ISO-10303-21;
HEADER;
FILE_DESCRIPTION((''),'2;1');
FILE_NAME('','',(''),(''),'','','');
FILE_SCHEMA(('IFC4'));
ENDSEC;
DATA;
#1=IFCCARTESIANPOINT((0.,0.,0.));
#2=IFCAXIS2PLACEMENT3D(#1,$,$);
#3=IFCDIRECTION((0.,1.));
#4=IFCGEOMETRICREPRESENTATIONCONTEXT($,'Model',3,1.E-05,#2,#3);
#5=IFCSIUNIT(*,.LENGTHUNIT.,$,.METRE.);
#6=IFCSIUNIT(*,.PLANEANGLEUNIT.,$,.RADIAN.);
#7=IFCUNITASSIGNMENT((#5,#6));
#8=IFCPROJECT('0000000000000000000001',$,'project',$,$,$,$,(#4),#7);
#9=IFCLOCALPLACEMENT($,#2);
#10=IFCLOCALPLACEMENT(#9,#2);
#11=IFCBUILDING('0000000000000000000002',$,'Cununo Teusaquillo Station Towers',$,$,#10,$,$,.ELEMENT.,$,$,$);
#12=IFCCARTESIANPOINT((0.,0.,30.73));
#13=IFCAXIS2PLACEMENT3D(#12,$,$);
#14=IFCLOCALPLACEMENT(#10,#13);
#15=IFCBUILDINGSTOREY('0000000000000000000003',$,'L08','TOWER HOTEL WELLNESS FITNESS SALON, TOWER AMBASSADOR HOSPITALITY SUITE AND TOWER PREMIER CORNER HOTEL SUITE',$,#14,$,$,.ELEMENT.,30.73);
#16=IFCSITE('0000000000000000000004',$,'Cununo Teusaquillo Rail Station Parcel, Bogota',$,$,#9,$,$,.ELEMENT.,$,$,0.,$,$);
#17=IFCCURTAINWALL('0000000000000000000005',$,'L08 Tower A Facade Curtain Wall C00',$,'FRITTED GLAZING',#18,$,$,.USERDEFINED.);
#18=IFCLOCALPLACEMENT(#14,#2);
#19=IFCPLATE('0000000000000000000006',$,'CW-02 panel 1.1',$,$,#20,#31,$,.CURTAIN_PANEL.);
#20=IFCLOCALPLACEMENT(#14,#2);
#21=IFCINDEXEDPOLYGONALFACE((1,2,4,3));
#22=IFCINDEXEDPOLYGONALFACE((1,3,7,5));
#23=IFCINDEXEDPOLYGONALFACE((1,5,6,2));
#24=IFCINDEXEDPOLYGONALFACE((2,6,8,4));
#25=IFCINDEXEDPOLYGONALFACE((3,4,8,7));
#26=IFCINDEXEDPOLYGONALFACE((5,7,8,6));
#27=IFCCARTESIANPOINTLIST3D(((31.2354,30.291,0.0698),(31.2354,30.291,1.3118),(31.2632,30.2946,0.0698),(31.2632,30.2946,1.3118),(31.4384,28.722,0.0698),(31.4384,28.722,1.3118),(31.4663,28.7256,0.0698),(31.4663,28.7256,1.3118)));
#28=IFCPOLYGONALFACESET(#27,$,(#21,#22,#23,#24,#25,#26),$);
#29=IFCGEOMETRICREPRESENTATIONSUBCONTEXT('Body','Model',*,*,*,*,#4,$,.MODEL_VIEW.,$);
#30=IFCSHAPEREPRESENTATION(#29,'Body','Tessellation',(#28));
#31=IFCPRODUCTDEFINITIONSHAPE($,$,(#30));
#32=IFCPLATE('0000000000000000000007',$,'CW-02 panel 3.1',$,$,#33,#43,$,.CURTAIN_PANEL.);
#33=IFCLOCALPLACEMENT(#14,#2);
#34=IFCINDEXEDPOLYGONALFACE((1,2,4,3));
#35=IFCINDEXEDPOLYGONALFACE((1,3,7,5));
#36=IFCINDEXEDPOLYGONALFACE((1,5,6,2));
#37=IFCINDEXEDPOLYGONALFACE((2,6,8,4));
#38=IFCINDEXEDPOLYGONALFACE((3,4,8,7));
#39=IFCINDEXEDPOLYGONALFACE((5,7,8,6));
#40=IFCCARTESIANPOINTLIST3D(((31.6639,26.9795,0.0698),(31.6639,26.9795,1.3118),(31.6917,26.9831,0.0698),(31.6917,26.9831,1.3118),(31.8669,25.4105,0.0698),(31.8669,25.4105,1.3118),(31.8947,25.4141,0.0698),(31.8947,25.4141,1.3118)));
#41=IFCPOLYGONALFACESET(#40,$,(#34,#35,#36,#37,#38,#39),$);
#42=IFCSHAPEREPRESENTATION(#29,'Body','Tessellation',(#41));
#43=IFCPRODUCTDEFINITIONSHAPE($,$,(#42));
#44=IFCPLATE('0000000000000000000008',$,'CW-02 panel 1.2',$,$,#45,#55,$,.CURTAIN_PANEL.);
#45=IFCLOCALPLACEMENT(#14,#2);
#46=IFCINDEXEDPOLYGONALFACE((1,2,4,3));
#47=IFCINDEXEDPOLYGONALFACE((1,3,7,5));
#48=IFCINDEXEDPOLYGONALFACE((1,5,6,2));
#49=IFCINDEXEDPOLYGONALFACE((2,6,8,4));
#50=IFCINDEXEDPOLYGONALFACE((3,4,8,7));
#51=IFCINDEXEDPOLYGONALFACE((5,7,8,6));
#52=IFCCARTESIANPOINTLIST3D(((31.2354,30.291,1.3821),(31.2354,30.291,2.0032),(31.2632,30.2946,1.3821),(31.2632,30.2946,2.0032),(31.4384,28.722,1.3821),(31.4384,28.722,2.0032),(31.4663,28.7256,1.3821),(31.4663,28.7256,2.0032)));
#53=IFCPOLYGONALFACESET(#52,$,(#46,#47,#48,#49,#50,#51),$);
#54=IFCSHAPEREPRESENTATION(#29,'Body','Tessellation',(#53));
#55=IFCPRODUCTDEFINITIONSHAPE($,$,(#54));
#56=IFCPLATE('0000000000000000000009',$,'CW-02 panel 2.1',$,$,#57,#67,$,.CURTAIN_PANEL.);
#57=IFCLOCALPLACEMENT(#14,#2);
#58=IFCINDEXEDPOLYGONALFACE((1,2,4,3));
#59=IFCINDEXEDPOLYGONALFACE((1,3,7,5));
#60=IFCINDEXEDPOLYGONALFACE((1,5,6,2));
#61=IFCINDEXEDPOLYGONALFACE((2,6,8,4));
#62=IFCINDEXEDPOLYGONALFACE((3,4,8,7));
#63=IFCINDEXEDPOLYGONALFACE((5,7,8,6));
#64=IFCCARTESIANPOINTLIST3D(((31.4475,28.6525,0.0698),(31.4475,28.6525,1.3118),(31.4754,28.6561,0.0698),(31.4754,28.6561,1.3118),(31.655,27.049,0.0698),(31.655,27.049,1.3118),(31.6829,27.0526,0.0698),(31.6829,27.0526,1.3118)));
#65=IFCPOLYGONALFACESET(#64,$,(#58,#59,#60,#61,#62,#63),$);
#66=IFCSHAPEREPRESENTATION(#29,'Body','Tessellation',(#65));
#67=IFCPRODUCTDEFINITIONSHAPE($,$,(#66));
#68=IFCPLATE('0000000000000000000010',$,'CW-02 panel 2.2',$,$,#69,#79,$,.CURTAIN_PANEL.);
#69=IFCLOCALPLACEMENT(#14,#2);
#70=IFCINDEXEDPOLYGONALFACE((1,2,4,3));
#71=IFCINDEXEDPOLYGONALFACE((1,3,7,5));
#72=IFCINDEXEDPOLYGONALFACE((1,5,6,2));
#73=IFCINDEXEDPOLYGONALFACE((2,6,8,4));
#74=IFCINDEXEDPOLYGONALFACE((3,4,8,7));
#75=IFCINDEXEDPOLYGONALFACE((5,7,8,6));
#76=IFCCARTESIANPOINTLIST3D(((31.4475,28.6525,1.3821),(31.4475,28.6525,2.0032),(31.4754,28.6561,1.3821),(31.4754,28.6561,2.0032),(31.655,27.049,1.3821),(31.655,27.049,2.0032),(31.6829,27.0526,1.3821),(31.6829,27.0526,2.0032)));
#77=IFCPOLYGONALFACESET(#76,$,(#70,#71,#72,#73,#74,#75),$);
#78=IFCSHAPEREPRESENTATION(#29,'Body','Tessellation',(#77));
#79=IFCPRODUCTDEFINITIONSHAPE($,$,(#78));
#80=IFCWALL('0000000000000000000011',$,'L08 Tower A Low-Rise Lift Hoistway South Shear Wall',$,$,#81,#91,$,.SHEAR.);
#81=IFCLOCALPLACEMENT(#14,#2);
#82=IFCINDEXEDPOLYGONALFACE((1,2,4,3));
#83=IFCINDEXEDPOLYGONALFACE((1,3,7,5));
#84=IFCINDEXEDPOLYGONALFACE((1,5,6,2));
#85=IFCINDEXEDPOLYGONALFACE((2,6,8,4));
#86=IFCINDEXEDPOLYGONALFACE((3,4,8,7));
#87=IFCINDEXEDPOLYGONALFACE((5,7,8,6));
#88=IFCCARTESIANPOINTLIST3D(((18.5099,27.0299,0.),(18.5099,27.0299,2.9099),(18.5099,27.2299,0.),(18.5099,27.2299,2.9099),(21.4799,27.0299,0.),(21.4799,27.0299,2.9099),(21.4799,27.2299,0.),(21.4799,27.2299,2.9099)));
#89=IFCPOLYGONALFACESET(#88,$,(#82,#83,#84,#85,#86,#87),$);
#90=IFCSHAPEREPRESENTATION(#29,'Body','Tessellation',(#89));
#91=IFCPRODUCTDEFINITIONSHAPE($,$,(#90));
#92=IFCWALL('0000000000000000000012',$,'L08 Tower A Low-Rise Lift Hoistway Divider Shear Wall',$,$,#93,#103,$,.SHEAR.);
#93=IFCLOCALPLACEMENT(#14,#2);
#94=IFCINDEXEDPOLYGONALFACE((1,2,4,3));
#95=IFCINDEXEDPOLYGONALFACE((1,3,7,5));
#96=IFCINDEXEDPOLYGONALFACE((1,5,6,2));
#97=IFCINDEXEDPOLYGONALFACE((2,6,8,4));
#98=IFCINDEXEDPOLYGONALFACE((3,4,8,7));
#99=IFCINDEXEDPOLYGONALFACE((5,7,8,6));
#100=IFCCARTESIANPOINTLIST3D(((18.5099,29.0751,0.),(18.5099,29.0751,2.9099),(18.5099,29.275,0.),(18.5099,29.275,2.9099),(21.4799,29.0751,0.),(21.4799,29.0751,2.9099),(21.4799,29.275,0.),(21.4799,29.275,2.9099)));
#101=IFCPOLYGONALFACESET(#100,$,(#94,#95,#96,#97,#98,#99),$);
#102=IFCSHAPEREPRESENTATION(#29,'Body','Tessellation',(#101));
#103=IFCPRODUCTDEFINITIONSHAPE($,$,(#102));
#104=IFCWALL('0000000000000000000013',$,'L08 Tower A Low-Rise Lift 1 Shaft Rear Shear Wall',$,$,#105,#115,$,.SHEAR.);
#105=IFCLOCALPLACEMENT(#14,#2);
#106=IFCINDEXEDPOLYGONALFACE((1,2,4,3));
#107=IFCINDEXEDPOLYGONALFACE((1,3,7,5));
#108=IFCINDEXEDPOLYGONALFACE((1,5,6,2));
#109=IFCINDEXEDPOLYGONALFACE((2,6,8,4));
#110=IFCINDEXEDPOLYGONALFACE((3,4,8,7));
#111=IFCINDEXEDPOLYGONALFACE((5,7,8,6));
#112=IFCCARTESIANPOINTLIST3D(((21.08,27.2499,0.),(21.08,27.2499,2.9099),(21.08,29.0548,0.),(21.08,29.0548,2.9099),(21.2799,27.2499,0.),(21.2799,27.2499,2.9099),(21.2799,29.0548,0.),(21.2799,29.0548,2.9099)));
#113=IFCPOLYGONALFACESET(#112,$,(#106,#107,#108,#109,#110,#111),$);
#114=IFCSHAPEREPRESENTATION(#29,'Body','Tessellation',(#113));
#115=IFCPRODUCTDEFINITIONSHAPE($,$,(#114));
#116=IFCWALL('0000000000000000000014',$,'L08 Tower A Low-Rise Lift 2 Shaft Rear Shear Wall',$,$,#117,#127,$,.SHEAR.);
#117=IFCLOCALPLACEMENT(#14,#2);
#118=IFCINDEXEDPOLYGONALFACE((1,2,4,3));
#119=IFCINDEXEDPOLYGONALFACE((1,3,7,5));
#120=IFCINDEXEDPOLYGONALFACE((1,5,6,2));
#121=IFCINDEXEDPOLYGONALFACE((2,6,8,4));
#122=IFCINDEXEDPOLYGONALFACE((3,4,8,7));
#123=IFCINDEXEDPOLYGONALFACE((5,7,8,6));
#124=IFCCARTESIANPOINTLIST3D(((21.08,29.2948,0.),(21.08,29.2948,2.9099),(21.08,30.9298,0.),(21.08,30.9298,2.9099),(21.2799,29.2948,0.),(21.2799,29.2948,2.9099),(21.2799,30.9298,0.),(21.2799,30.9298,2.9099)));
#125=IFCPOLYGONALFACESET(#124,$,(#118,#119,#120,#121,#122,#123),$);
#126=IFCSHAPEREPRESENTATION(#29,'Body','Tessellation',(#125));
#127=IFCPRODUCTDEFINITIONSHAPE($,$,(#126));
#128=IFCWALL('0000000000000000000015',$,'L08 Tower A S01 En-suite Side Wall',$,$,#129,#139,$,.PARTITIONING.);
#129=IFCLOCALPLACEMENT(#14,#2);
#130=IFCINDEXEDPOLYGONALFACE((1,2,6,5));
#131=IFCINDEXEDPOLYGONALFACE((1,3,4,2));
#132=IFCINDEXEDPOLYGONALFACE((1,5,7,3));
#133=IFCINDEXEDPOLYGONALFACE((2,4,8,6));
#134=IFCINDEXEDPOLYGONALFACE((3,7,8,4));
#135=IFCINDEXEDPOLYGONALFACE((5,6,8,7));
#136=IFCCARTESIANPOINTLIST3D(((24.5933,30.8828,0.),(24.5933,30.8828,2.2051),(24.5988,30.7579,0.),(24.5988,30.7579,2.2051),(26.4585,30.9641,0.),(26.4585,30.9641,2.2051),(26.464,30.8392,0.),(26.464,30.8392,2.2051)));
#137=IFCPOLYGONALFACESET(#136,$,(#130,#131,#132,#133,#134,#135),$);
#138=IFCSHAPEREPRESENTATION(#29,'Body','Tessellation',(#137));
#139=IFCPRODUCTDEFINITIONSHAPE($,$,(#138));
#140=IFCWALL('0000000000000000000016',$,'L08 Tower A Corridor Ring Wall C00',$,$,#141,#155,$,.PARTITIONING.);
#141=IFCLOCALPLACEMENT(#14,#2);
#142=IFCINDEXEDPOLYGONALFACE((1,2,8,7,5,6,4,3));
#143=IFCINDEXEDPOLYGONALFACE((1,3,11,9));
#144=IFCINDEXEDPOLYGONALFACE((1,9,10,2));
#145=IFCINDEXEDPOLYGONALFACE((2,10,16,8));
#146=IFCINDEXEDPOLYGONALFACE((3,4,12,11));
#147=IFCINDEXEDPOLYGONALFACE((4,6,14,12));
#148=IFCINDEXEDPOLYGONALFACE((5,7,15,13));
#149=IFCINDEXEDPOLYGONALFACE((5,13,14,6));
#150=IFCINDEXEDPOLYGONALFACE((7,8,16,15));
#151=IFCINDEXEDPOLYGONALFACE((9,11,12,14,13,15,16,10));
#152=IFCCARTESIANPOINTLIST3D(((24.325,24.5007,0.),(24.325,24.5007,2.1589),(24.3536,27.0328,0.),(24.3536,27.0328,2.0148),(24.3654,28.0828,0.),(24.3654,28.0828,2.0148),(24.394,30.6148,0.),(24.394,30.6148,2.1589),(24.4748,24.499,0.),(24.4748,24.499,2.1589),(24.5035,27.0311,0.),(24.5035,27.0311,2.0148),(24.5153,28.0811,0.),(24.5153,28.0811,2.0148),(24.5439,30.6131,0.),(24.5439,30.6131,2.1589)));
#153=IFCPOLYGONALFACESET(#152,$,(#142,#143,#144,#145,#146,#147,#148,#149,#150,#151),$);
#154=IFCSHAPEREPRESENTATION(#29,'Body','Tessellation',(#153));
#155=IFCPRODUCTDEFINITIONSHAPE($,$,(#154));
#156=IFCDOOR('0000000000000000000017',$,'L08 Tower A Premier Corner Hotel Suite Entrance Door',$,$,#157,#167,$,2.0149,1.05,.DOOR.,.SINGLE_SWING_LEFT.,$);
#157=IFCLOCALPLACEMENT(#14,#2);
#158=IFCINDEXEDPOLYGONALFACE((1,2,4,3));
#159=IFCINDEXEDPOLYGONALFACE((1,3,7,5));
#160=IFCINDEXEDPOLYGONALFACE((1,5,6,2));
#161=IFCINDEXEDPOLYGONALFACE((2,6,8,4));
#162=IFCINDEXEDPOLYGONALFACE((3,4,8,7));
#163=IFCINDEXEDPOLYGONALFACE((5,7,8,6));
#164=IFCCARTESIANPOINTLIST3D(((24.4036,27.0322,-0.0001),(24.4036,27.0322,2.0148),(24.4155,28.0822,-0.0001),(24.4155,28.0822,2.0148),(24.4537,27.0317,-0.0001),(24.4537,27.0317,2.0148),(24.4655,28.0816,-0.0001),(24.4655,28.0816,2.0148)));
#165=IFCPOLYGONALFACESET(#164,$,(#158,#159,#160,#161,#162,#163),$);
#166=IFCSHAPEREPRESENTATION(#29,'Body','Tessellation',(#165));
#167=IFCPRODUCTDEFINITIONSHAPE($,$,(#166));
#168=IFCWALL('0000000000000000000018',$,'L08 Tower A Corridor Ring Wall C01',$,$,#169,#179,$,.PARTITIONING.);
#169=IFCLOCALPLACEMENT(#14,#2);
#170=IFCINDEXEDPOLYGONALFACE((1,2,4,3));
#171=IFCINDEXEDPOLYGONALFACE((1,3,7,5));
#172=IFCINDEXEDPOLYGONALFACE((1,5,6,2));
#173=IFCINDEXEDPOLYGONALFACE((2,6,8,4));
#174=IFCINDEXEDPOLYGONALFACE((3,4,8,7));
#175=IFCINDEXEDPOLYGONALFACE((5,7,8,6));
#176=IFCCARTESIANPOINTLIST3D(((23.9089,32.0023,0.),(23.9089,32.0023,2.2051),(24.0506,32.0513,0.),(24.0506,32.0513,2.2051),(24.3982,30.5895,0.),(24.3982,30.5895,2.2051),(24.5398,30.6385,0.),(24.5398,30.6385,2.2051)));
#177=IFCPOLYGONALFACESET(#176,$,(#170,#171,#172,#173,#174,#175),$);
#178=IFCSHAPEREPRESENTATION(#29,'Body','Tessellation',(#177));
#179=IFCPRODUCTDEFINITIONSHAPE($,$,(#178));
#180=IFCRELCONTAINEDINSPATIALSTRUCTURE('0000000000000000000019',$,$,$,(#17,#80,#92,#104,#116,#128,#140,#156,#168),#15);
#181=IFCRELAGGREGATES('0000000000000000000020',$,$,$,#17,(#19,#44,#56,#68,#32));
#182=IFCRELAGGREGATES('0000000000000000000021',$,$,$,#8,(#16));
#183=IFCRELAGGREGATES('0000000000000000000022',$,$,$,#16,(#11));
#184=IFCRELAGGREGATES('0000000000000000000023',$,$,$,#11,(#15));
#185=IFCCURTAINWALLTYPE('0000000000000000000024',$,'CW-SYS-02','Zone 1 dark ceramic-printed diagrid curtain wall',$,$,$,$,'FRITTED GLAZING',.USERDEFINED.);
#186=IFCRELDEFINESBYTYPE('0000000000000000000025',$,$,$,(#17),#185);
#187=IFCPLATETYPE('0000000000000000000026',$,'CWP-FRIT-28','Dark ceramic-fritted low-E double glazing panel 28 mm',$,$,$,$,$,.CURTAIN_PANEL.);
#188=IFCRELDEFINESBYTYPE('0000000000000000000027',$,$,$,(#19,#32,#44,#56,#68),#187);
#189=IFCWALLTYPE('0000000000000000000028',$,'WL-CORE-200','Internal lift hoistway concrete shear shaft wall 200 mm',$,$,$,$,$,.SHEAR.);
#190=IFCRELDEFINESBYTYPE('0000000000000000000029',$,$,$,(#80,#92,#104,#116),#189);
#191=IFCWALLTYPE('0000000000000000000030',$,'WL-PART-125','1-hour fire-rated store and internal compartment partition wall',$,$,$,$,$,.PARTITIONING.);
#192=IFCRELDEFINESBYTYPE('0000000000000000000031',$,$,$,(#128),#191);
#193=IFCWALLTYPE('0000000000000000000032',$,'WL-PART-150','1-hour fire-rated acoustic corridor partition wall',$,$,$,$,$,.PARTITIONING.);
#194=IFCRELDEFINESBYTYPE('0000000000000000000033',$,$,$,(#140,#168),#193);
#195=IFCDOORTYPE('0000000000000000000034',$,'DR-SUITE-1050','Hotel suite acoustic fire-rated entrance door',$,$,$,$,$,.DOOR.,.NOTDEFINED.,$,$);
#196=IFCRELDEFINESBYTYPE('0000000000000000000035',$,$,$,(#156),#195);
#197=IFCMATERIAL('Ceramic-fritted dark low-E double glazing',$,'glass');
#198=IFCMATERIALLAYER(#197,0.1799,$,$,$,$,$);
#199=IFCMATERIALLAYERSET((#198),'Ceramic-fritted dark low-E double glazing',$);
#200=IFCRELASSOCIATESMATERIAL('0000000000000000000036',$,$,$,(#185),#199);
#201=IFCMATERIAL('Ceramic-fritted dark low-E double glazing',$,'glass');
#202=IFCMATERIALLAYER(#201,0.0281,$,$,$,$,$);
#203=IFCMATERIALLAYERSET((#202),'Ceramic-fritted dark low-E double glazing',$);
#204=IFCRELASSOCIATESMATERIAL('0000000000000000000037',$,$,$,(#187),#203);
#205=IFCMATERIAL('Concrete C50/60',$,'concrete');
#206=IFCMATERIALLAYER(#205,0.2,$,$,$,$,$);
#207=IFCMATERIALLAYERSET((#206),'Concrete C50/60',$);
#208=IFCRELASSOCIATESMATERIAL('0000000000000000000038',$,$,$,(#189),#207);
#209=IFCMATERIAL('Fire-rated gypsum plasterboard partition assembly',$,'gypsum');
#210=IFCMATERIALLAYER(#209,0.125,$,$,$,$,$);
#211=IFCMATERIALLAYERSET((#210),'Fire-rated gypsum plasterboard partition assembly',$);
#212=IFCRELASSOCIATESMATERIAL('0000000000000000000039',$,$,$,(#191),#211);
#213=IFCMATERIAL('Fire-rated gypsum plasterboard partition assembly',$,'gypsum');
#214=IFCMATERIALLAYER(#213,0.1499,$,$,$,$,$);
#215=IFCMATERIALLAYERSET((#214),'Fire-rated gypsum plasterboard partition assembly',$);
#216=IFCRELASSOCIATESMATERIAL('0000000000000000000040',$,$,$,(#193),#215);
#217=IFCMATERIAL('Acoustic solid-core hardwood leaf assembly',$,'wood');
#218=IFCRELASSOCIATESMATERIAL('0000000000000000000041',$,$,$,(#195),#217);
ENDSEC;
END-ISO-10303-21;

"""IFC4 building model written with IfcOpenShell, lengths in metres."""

from ifc_helpers import new_model, si_unit, direction, frame, frame_2d, origin, origin_2d, place, context, subcontext, project, spatial, rectangle, extrude, source, transform, mapped, material, layer, layer_set, type_object, element, fill, aggregate, save


model = new_model("IFC4")

# Units and contexts
model_context = context("Model", 3, precision=1e-05, world=origin(), true_north=direction((0.0, 1.0)))
body_context = subcontext(model_context, "Body", "Model", "MODEL_VIEW")
ifc_project = project(units=[si_unit("LENGTHUNIT", "METRE"), si_unit("PLANEANGLEUNIT", "RADIAN")], contexts=[model_context])

# Site, building, storey
site_placement = place(None, origin())
site = spatial("IfcSite", under=ifc_project, at=site_placement, Name="Cununo Teusaquillo Rail Station Parcel, Bogota", CompositionType="ELEMENT", RefElevation=0.0)
building_placement = place(site_placement, origin())
building = spatial("IfcBuilding", under=site, at=building_placement, Name="Cununo Teusaquillo Station Towers", CompositionType="ELEMENT")
storey_placement = place(building_placement, frame((0.0, 0.0, 30.73)))
storey = spatial("IfcBuildingStorey", under=building, at=storey_placement, Name="L08", Description="TOWER HOTEL WELLNESS FITNESS SALON, TOWER AMBASSADOR HOSPITALITY SUITE AND TOWER PREMIER CORNER HOTEL SUITE", CompositionType="ELEMENT", Elevation=30.73)

# Curtain wall, plates
ifc_material_1 = material(Name="Ceramic-fritted dark low-E double glazing", Category="glass")
ifc_layer_1 = layer(ifc_material_1, 0.1799)
ifc_layer_set_1 = layer_set([ifc_layer_1], Name="Ceramic-fritted dark low-E double glazing")
curtain_wall_type = type_object("IfcCurtainWallType", Name="CW-SYS-02", Description="Zone 1 dark ceramic-printed diagrid curtain wall", ElementType="FRITTED GLAZING", PredefinedType="USERDEFINED", material=ifc_layer_set_1)
curtain_wall_placement = place(storey_placement, origin())
curtain_wall = element("IfcCurtainWall", 1, at=curtain_wall_placement, inside=storey, type_object=curtain_wall_type, Name="L08 Tower A Facade Curtain Wall C00", ObjectType="FRITTED GLAZING", PredefinedType="USERDEFINED")
ifc_material_2 = material(Name="Ceramic-fritted dark low-E double glazing", Category="glass")
ifc_layer_2 = layer(ifc_material_2, 0.0281)
ifc_layer_set_2 = layer_set([ifc_layer_2], Name="Ceramic-fritted dark low-E double glazing")
plate_type = type_object("IfcPlateType", Name="CWP-FRIT-28", Description="Dark ceramic-fritted low-E double glazing panel 28 mm", PredefinedType="CURTAIN_PANEL", material=ifc_layer_set_2)
shared_shape_1 = source(origin(), body_context, "Body", "SweptSolid", [
    extrude(rectangle(XDim=1.582, YDim=0.0281, at=origin_2d()), origin(), (0.0, 0.0, 1.0), 1.2419),
])
plate_1_placement = place(storey_placement, frame((31.3508, 29.5083, 0.0698), z_axis=(0.0, 0.0, 1.0), x_axis=(0.128336, -0.991731, 0.0)))
plate_1 = element("IfcPlate", 2, at=plate_1_placement, type_object=plate_type, Name="CW-02 panel 1.1", PredefinedType="CURTAIN_PANEL", context=body_context, shape_type="MappedRepresentation", body=[
    mapped(shared_shape_1, transform((0.0, 0.0, 0.0), x_axis=(1.0, 0.0, 0.0), y_axis=(0.0, 1.0, 0.0), z_axis=(0.0, 0.0, 1.0), scale=1.0)),
])
plate_2_placement = place(storey_placement, frame((31.7793, 26.1968, 0.0698), z_axis=(0.0, 0.0, 1.0), x_axis=(0.128336, -0.991731, 0.0)))
plate_2 = element("IfcPlate", 3, at=plate_2_placement, type_object=plate_type, Name="CW-02 panel 3.1", PredefinedType="CURTAIN_PANEL", context=body_context, shape_type="MappedRepresentation", body=[
    mapped(shared_shape_1, transform((0.0, 0.0, 0.0), x_axis=(1.0, 0.0, 0.0), y_axis=(0.0, 1.0, 0.0), z_axis=(0.0, 0.0, 1.0), scale=1.0)),
])
shared_shape_2 = source(origin(), body_context, "Body", "SweptSolid", [
    extrude(rectangle(XDim=1.582, YDim=0.0281, at=origin_2d()), origin(), (0.0, 0.0, 1.0), 0.6211),
])
plate_3_placement = place(storey_placement, frame((31.3508, 29.5083, 1.3821), z_axis=(0.0, 0.0, 1.0), x_axis=(0.128336, -0.991731, 0.0)))
plate_3 = element("IfcPlate", 4, at=plate_3_placement, type_object=plate_type, Name="CW-02 panel 1.2", PredefinedType="CURTAIN_PANEL", context=body_context, shape_type="MappedRepresentation", body=[
    mapped(shared_shape_2, transform((0.0, 0.0, 0.0), x_axis=(1.0, 0.0, 0.0), y_axis=(0.0, 1.0, 0.0), z_axis=(0.0, 0.0, 1.0), scale=1.0)),
])
shared_shape_3 = source(origin(), body_context, "Body", "SweptSolid", [
    extrude(rectangle(XDim=1.6169, YDim=0.0281, at=origin_2d()), origin(), (0.0, 0.0, 1.0), 1.2419),
])
plate_4_placement = place(storey_placement, frame((31.5652, 27.8525, 0.0698), z_axis=(0.0, 0.0, 1.0), x_axis=(0.128336, -0.991731, 0.0)))
plate_4 = element("IfcPlate", 5, at=plate_4_placement, type_object=plate_type, Name="CW-02 panel 2.1", PredefinedType="CURTAIN_PANEL", context=body_context, shape_type="MappedRepresentation", body=[
    mapped(shared_shape_3, transform((0.0, 0.0, 0.0), x_axis=(1.0, 0.0, 0.0), y_axis=(0.0, 1.0, 0.0), z_axis=(0.0, 0.0, 1.0), scale=1.0)),
])
shared_shape_4 = source(origin(), body_context, "Body", "SweptSolid", [
    extrude(rectangle(XDim=1.6169, YDim=0.0281, at=origin_2d()), origin(), (0.0, 0.0, 1.0), 0.6211),
])
plate_5_placement = place(storey_placement, frame((31.5652, 27.8525, 1.3821), z_axis=(0.0, 0.0, 1.0), x_axis=(0.128336, -0.991731, 0.0)))
plate_5 = element("IfcPlate", 6, at=plate_5_placement, type_object=plate_type, Name="CW-02 panel 2.2", PredefinedType="CURTAIN_PANEL", context=body_context, shape_type="MappedRepresentation", body=[
    mapped(shared_shape_4, transform((0.0, 0.0, 0.0), x_axis=(1.0, 0.0, 0.0), y_axis=(0.0, 1.0, 0.0), z_axis=(0.0, 0.0, 1.0), scale=1.0)),
])
aggregate(curtain_wall, [plate_1, plate_3, plate_4, plate_5, plate_2])

# Walls
ifc_material_3 = material(Name="Concrete C50/60", Category="concrete")
ifc_layer_3 = layer(ifc_material_3, 0.2)
ifc_layer_set_3 = layer_set([ifc_layer_3], Name="Concrete C50/60")
wall_type_1 = type_object("IfcWallType", Name="WL-CORE-200", Description="Internal lift hoistway concrete shear shaft wall 200 mm", PredefinedType="SHEAR", material=ifc_layer_set_3)
for number, where, z_axis, x_axis, name in (
    (7, (18.51, 27.1299, 0.0), (0.0, 0.0, 1.0), (1.0, 0.0, 0.0), "L08 Tower A Low-Rise Lift Hoistway South Shear Wall"),
    (8, (18.51, 29.175, 0.0), (0.0, 0.0, 1.0), (1.0, 0.0, 0.0), "L08 Tower A Low-Rise Lift Hoistway Divider Shear Wall"),
):
    element("IfcWall", number, at=place(storey_placement, frame(where, z_axis=z_axis, x_axis=x_axis)), inside=storey, type_object=wall_type_1, Name=name, PredefinedType="SHEAR", context=body_context, shape_type="SweptSolid", body=[
        extrude(rectangle(XDim=2.97, YDim=0.2, at=frame_2d((1.4849, 0.0))), origin(), (0.0, 0.0, 1.0), 2.9099),
    ])
wall_1_placement = place(storey_placement, frame((21.1799, 27.25, 0.0), z_axis=(0.0, 0.0, 1.0), x_axis=(0.0, 1.0, 0.0)))
element("IfcWall", 9, at=wall_1_placement, inside=storey, type_object=wall_type_1, Name="L08 Tower A Low-Rise Lift 1 Shaft Rear Shear Wall", PredefinedType="SHEAR", context=body_context, shape_type="SweptSolid", body=[
    extrude(rectangle(XDim=1.8049, YDim=0.2, at=frame_2d((0.9023, 0.0))), origin(), (0.0, 0.0, 1.0), 2.9099),
])
wall_2_placement = place(storey_placement, frame((21.1799, 29.2949, 0.0), z_axis=(0.0, 0.0, 1.0), x_axis=(0.0, 1.0, 0.0)))
element("IfcWall", 10, at=wall_2_placement, inside=storey, type_object=wall_type_1, Name="L08 Tower A Low-Rise Lift 2 Shaft Rear Shear Wall", PredefinedType="SHEAR", context=body_context, shape_type="SweptSolid", body=[
    extrude(rectangle(XDim=1.635, YDim=0.2, at=frame_2d((0.8174, 0.0))), origin(), (0.0, 0.0, 1.0), 2.9099),
])
ifc_material_4 = material(Name="Fire-rated gypsum plasterboard partition assembly", Category="gypsum")
ifc_layer_4 = layer(ifc_material_4, 0.125)
ifc_layer_set_4 = layer_set([ifc_layer_4], Name="Fire-rated gypsum plasterboard partition assembly")
wall_type_2 = type_object("IfcWallType", Name="WL-PART-125", Description="1-hour fire-rated store and internal compartment partition wall", PredefinedType="PARTITIONING", material=ifc_layer_set_4)
wall_3_placement = place(storey_placement, frame((24.5959, 30.8203, 0.0), z_axis=(0.0, 0.0, 1.0), x_axis=(0.999051, 0.043545, 0.0)))
element("IfcWall", 11, at=wall_3_placement, inside=storey, type_object=wall_type_2, Name="L08 Tower A S01 En-suite Side Wall", PredefinedType="PARTITIONING", context=body_context, shape_type="SweptSolid", body=[
    extrude(rectangle(XDim=1.8669, YDim=0.125, at=frame_2d((0.9336, 0.0))), origin(), (0.0, 0.0, 1.0), 2.2051),
])

# Wall, opening, door
ifc_material_5 = material(Name="Fire-rated gypsum plasterboard partition assembly", Category="gypsum")
ifc_layer_5 = layer(ifc_material_5, 0.1499)
ifc_layer_set_5 = layer_set([ifc_layer_5], Name="Fire-rated gypsum plasterboard partition assembly")
wall_type_3 = type_object("IfcWallType", Name="WL-PART-150", Description="1-hour fire-rated acoustic corridor partition wall", PredefinedType="PARTITIONING", material=ifc_layer_set_5)
wall_4_placement = place(storey_placement, frame((24.3999, 24.5, 0.0), z_axis=(0.0, 0.0, 1.0), x_axis=(0.0113, 0.999936, 0.0)))
wall_4 = element("IfcWall", 12, at=wall_4_placement, inside=storey, type_object=wall_type_3, Name="L08 Tower A Corridor Ring Wall C00", PredefinedType="PARTITIONING", context=body_context, shape_type="SweptSolid", body=[
    extrude(rectangle(XDim=6.1145, YDim=0.1499, at=frame_2d((3.0571, 0.0))), origin(), (0.0, 0.0, 1.0), 2.1589),
])
shared_shape_5 = source(origin(), body_context, "Body", "SweptSolid", [
    extrude(rectangle(XDim=1.05, YDim=2.0149, at=frame_2d((0.5249, 1.0073))), frame((0.0, 0.085, 0.0), z_axis=(0.0, -1.0, 0.0), x_axis=(1.0, 0.0, 0.0)), (0.0, 0.0, 1.0), 0.1699),
])
opening_placement = place(wall_4_placement, frame((2.5322, 0.0, 0.0)))
opening = element("IfcOpeningElement", 13, at=opening_placement, cuts=wall_4, PredefinedType="OPENING", context=body_context, shape_type="MappedRepresentation", body=[
    mapped(shared_shape_5, transform((0.0, 0.0, 0.0), x_axis=(1.0, 0.0, 0.0), y_axis=(0.0, 1.0, 0.0), z_axis=(0.0, 0.0, 1.0), scale=1.0)),
])
ifc_material_6 = material(Name="Acoustic solid-core hardwood leaf assembly", Category="wood")
door_type = type_object("IfcDoorType", Name="DR-SUITE-1050", Description="Hotel suite acoustic fire-rated entrance door", OperationType="NOTDEFINED", PredefinedType="DOOR", material=ifc_material_6)
shared_shape_6 = source(origin(), body_context, "Body", "SweptSolid", [
    extrude(rectangle(XDim=1.05, YDim=2.0149, at=frame_2d((0.5249, 1.0073))), frame((0.0, 0.0249, 0.0), z_axis=(0.0, -1.0, 0.0), x_axis=(1.0, 0.0, 0.0)), (0.0, 0.0, 1.0), 0.05),
])
door_placement = place(opening_placement, origin())
door = element("IfcDoor", 14, at=door_placement, inside=storey, type_object=door_type, Name="L08 Tower A Premier Corner Hotel Suite Entrance Door", OperationType="SINGLE_SWING_LEFT", OverallHeight=2.0149, OverallWidth=1.05, PredefinedType="DOOR", context=body_context, shape_type="MappedRepresentation", body=[
    mapped(shared_shape_6, transform((0.0, 0.0, 0.0), x_axis=(1.0, 0.0, 0.0), y_axis=(0.0, 1.0, 0.0), z_axis=(0.0, 0.0, 1.0), scale=1.0)),
])
fill(opening, door)

# Wall
wall_5_placement = place(storey_placement, frame((24.469, 30.614, 0.0), z_axis=(0.0, 0.0, 1.0), x_axis=(-0.327228, 0.944945, 0.0)))
element("IfcWall", 15, at=wall_5_placement, inside=storey, type_object=wall_type_3, Name="L08 Tower A Corridor Ring Wall C01", PredefinedType="PARTITIONING", context=body_context, shape_type="SweptSolid", body=[
    extrude(rectangle(XDim=1.4951, YDim=0.1499, at=frame_2d((0.7476, 0.0))), origin(), (0.0, 0.0, 1.0), 2.2051),
])

save(model, "model.ifc")
